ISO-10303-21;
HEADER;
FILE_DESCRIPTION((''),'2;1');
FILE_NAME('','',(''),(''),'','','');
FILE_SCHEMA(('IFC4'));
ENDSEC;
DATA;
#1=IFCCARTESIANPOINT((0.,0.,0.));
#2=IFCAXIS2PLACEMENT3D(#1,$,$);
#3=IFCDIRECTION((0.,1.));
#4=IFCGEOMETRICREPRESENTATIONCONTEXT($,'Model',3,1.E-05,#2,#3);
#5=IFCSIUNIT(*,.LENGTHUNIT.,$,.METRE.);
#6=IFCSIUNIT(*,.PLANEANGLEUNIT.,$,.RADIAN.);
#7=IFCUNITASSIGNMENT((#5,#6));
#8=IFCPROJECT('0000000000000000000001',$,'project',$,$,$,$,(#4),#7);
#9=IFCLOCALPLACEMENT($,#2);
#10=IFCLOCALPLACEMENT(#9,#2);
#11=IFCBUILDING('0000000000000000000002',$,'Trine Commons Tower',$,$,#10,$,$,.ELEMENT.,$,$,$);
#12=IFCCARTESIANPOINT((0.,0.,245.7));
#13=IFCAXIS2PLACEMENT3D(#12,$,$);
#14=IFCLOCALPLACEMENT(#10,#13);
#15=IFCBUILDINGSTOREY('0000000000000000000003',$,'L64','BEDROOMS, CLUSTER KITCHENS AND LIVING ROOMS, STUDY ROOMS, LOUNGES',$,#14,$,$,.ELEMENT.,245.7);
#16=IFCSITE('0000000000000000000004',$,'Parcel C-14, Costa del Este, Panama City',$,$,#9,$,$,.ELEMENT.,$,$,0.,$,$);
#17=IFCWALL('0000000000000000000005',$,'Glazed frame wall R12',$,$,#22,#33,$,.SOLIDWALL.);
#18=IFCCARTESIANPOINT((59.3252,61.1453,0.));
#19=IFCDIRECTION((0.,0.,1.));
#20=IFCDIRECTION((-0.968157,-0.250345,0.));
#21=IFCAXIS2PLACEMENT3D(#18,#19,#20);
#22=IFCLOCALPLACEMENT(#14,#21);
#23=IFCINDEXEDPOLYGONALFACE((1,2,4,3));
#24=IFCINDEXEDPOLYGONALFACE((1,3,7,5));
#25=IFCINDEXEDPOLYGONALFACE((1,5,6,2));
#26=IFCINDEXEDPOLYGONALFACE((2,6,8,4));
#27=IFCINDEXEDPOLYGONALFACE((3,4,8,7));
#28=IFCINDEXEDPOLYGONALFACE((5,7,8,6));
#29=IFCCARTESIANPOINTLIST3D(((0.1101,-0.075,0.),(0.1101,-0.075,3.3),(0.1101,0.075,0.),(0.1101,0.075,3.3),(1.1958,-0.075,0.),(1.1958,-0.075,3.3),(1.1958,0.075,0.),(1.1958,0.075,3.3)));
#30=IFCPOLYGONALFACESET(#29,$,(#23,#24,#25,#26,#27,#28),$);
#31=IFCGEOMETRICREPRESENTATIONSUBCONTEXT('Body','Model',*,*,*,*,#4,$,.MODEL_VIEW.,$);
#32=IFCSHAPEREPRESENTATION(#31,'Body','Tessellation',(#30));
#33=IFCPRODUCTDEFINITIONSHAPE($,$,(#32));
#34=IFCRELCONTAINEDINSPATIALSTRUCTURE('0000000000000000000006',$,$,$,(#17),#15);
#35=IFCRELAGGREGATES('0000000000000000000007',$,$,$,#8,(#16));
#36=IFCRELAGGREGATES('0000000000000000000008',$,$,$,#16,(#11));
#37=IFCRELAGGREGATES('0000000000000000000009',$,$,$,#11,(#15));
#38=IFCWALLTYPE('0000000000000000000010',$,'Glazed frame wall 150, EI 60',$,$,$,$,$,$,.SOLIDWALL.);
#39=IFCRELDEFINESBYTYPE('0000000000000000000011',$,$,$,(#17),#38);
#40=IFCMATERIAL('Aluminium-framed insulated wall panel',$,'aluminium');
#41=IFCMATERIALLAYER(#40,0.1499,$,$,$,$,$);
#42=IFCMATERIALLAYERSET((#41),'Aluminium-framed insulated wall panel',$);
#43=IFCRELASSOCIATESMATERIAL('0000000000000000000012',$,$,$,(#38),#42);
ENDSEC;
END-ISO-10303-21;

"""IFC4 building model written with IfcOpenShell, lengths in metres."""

from ifc_helpers import new_model, si_unit, direction, frame, origin, place, context, subcontext, project, spatial, polyline, outline, extrude, material, layer, layer_set, type_object, element, save


model = new_model("IFC4")

# Units and contexts
model_context = context("Model", 3, precision=1e-05, world=origin(), true_north=direction((0.0, 1.0)))
body_context = subcontext(model_context, "Body", "Model", "MODEL_VIEW")
ifc_project = project(units=[si_unit("LENGTHUNIT", "METRE"), si_unit("PLANEANGLEUNIT", "RADIAN")], contexts=[model_context])

# Site, building, storey
site_placement = place(None, origin())
site = spatial("IfcSite", under=ifc_project, at=site_placement, Name="Parcel C-14, Costa del Este, Panama City", CompositionType="ELEMENT", RefElevation=0.0)
building_placement = place(site_placement, origin())
building = spatial("IfcBuilding", under=site, at=building_placement, Name="Trine Commons Tower", CompositionType="ELEMENT")
storey_placement = place(building_placement, frame((0.0, 0.0, 245.7)))
storey = spatial("IfcBuildingStorey", under=building, at=storey_placement, Name="L64", Description="BEDROOMS, CLUSTER KITCHENS AND LIVING ROOMS, STUDY ROOMS, LOUNGES", CompositionType="ELEMENT", Elevation=245.7)

# Shared definitions
ifc_material_1 = material(Name="Aluminium-framed insulated wall panel", Category="aluminium")
ifc_layer_1 = layer(ifc_material_1, 0.1499)
ifc_layer_set_1 = layer_set([ifc_layer_1], Name="Aluminium-framed insulated wall panel")
wall_type_1 = type_object("IfcWallType", Name="Glazed frame wall 150, EI 60", PredefinedType="SOLIDWALL", material=ifc_layer_set_1)

# Wall
wall_1_placement = place(storey_placement, frame((59.3252, 61.1453, 0.0), z_axis=(0.0, 0.0, 1.0), x_axis=(-0.968157, -0.250345, 0.0)))
element("IfcWall", 1, at=wall_1_placement, inside=storey, type_object=wall_type_1, Name="Glazed frame wall R12", PredefinedType="SOLIDWALL", context=body_context, shape_type="SweptSolid", body=[
    extrude(outline(polyline([(0.1101, 0.075), (0.1101, -0.075), (1.1958, -0.075), (1.1958, 0.075), (0.1101, 0.075)])), origin(), (0.0, 0.0, 1.0), 3.3),
])

save(model, "model.ifc")
